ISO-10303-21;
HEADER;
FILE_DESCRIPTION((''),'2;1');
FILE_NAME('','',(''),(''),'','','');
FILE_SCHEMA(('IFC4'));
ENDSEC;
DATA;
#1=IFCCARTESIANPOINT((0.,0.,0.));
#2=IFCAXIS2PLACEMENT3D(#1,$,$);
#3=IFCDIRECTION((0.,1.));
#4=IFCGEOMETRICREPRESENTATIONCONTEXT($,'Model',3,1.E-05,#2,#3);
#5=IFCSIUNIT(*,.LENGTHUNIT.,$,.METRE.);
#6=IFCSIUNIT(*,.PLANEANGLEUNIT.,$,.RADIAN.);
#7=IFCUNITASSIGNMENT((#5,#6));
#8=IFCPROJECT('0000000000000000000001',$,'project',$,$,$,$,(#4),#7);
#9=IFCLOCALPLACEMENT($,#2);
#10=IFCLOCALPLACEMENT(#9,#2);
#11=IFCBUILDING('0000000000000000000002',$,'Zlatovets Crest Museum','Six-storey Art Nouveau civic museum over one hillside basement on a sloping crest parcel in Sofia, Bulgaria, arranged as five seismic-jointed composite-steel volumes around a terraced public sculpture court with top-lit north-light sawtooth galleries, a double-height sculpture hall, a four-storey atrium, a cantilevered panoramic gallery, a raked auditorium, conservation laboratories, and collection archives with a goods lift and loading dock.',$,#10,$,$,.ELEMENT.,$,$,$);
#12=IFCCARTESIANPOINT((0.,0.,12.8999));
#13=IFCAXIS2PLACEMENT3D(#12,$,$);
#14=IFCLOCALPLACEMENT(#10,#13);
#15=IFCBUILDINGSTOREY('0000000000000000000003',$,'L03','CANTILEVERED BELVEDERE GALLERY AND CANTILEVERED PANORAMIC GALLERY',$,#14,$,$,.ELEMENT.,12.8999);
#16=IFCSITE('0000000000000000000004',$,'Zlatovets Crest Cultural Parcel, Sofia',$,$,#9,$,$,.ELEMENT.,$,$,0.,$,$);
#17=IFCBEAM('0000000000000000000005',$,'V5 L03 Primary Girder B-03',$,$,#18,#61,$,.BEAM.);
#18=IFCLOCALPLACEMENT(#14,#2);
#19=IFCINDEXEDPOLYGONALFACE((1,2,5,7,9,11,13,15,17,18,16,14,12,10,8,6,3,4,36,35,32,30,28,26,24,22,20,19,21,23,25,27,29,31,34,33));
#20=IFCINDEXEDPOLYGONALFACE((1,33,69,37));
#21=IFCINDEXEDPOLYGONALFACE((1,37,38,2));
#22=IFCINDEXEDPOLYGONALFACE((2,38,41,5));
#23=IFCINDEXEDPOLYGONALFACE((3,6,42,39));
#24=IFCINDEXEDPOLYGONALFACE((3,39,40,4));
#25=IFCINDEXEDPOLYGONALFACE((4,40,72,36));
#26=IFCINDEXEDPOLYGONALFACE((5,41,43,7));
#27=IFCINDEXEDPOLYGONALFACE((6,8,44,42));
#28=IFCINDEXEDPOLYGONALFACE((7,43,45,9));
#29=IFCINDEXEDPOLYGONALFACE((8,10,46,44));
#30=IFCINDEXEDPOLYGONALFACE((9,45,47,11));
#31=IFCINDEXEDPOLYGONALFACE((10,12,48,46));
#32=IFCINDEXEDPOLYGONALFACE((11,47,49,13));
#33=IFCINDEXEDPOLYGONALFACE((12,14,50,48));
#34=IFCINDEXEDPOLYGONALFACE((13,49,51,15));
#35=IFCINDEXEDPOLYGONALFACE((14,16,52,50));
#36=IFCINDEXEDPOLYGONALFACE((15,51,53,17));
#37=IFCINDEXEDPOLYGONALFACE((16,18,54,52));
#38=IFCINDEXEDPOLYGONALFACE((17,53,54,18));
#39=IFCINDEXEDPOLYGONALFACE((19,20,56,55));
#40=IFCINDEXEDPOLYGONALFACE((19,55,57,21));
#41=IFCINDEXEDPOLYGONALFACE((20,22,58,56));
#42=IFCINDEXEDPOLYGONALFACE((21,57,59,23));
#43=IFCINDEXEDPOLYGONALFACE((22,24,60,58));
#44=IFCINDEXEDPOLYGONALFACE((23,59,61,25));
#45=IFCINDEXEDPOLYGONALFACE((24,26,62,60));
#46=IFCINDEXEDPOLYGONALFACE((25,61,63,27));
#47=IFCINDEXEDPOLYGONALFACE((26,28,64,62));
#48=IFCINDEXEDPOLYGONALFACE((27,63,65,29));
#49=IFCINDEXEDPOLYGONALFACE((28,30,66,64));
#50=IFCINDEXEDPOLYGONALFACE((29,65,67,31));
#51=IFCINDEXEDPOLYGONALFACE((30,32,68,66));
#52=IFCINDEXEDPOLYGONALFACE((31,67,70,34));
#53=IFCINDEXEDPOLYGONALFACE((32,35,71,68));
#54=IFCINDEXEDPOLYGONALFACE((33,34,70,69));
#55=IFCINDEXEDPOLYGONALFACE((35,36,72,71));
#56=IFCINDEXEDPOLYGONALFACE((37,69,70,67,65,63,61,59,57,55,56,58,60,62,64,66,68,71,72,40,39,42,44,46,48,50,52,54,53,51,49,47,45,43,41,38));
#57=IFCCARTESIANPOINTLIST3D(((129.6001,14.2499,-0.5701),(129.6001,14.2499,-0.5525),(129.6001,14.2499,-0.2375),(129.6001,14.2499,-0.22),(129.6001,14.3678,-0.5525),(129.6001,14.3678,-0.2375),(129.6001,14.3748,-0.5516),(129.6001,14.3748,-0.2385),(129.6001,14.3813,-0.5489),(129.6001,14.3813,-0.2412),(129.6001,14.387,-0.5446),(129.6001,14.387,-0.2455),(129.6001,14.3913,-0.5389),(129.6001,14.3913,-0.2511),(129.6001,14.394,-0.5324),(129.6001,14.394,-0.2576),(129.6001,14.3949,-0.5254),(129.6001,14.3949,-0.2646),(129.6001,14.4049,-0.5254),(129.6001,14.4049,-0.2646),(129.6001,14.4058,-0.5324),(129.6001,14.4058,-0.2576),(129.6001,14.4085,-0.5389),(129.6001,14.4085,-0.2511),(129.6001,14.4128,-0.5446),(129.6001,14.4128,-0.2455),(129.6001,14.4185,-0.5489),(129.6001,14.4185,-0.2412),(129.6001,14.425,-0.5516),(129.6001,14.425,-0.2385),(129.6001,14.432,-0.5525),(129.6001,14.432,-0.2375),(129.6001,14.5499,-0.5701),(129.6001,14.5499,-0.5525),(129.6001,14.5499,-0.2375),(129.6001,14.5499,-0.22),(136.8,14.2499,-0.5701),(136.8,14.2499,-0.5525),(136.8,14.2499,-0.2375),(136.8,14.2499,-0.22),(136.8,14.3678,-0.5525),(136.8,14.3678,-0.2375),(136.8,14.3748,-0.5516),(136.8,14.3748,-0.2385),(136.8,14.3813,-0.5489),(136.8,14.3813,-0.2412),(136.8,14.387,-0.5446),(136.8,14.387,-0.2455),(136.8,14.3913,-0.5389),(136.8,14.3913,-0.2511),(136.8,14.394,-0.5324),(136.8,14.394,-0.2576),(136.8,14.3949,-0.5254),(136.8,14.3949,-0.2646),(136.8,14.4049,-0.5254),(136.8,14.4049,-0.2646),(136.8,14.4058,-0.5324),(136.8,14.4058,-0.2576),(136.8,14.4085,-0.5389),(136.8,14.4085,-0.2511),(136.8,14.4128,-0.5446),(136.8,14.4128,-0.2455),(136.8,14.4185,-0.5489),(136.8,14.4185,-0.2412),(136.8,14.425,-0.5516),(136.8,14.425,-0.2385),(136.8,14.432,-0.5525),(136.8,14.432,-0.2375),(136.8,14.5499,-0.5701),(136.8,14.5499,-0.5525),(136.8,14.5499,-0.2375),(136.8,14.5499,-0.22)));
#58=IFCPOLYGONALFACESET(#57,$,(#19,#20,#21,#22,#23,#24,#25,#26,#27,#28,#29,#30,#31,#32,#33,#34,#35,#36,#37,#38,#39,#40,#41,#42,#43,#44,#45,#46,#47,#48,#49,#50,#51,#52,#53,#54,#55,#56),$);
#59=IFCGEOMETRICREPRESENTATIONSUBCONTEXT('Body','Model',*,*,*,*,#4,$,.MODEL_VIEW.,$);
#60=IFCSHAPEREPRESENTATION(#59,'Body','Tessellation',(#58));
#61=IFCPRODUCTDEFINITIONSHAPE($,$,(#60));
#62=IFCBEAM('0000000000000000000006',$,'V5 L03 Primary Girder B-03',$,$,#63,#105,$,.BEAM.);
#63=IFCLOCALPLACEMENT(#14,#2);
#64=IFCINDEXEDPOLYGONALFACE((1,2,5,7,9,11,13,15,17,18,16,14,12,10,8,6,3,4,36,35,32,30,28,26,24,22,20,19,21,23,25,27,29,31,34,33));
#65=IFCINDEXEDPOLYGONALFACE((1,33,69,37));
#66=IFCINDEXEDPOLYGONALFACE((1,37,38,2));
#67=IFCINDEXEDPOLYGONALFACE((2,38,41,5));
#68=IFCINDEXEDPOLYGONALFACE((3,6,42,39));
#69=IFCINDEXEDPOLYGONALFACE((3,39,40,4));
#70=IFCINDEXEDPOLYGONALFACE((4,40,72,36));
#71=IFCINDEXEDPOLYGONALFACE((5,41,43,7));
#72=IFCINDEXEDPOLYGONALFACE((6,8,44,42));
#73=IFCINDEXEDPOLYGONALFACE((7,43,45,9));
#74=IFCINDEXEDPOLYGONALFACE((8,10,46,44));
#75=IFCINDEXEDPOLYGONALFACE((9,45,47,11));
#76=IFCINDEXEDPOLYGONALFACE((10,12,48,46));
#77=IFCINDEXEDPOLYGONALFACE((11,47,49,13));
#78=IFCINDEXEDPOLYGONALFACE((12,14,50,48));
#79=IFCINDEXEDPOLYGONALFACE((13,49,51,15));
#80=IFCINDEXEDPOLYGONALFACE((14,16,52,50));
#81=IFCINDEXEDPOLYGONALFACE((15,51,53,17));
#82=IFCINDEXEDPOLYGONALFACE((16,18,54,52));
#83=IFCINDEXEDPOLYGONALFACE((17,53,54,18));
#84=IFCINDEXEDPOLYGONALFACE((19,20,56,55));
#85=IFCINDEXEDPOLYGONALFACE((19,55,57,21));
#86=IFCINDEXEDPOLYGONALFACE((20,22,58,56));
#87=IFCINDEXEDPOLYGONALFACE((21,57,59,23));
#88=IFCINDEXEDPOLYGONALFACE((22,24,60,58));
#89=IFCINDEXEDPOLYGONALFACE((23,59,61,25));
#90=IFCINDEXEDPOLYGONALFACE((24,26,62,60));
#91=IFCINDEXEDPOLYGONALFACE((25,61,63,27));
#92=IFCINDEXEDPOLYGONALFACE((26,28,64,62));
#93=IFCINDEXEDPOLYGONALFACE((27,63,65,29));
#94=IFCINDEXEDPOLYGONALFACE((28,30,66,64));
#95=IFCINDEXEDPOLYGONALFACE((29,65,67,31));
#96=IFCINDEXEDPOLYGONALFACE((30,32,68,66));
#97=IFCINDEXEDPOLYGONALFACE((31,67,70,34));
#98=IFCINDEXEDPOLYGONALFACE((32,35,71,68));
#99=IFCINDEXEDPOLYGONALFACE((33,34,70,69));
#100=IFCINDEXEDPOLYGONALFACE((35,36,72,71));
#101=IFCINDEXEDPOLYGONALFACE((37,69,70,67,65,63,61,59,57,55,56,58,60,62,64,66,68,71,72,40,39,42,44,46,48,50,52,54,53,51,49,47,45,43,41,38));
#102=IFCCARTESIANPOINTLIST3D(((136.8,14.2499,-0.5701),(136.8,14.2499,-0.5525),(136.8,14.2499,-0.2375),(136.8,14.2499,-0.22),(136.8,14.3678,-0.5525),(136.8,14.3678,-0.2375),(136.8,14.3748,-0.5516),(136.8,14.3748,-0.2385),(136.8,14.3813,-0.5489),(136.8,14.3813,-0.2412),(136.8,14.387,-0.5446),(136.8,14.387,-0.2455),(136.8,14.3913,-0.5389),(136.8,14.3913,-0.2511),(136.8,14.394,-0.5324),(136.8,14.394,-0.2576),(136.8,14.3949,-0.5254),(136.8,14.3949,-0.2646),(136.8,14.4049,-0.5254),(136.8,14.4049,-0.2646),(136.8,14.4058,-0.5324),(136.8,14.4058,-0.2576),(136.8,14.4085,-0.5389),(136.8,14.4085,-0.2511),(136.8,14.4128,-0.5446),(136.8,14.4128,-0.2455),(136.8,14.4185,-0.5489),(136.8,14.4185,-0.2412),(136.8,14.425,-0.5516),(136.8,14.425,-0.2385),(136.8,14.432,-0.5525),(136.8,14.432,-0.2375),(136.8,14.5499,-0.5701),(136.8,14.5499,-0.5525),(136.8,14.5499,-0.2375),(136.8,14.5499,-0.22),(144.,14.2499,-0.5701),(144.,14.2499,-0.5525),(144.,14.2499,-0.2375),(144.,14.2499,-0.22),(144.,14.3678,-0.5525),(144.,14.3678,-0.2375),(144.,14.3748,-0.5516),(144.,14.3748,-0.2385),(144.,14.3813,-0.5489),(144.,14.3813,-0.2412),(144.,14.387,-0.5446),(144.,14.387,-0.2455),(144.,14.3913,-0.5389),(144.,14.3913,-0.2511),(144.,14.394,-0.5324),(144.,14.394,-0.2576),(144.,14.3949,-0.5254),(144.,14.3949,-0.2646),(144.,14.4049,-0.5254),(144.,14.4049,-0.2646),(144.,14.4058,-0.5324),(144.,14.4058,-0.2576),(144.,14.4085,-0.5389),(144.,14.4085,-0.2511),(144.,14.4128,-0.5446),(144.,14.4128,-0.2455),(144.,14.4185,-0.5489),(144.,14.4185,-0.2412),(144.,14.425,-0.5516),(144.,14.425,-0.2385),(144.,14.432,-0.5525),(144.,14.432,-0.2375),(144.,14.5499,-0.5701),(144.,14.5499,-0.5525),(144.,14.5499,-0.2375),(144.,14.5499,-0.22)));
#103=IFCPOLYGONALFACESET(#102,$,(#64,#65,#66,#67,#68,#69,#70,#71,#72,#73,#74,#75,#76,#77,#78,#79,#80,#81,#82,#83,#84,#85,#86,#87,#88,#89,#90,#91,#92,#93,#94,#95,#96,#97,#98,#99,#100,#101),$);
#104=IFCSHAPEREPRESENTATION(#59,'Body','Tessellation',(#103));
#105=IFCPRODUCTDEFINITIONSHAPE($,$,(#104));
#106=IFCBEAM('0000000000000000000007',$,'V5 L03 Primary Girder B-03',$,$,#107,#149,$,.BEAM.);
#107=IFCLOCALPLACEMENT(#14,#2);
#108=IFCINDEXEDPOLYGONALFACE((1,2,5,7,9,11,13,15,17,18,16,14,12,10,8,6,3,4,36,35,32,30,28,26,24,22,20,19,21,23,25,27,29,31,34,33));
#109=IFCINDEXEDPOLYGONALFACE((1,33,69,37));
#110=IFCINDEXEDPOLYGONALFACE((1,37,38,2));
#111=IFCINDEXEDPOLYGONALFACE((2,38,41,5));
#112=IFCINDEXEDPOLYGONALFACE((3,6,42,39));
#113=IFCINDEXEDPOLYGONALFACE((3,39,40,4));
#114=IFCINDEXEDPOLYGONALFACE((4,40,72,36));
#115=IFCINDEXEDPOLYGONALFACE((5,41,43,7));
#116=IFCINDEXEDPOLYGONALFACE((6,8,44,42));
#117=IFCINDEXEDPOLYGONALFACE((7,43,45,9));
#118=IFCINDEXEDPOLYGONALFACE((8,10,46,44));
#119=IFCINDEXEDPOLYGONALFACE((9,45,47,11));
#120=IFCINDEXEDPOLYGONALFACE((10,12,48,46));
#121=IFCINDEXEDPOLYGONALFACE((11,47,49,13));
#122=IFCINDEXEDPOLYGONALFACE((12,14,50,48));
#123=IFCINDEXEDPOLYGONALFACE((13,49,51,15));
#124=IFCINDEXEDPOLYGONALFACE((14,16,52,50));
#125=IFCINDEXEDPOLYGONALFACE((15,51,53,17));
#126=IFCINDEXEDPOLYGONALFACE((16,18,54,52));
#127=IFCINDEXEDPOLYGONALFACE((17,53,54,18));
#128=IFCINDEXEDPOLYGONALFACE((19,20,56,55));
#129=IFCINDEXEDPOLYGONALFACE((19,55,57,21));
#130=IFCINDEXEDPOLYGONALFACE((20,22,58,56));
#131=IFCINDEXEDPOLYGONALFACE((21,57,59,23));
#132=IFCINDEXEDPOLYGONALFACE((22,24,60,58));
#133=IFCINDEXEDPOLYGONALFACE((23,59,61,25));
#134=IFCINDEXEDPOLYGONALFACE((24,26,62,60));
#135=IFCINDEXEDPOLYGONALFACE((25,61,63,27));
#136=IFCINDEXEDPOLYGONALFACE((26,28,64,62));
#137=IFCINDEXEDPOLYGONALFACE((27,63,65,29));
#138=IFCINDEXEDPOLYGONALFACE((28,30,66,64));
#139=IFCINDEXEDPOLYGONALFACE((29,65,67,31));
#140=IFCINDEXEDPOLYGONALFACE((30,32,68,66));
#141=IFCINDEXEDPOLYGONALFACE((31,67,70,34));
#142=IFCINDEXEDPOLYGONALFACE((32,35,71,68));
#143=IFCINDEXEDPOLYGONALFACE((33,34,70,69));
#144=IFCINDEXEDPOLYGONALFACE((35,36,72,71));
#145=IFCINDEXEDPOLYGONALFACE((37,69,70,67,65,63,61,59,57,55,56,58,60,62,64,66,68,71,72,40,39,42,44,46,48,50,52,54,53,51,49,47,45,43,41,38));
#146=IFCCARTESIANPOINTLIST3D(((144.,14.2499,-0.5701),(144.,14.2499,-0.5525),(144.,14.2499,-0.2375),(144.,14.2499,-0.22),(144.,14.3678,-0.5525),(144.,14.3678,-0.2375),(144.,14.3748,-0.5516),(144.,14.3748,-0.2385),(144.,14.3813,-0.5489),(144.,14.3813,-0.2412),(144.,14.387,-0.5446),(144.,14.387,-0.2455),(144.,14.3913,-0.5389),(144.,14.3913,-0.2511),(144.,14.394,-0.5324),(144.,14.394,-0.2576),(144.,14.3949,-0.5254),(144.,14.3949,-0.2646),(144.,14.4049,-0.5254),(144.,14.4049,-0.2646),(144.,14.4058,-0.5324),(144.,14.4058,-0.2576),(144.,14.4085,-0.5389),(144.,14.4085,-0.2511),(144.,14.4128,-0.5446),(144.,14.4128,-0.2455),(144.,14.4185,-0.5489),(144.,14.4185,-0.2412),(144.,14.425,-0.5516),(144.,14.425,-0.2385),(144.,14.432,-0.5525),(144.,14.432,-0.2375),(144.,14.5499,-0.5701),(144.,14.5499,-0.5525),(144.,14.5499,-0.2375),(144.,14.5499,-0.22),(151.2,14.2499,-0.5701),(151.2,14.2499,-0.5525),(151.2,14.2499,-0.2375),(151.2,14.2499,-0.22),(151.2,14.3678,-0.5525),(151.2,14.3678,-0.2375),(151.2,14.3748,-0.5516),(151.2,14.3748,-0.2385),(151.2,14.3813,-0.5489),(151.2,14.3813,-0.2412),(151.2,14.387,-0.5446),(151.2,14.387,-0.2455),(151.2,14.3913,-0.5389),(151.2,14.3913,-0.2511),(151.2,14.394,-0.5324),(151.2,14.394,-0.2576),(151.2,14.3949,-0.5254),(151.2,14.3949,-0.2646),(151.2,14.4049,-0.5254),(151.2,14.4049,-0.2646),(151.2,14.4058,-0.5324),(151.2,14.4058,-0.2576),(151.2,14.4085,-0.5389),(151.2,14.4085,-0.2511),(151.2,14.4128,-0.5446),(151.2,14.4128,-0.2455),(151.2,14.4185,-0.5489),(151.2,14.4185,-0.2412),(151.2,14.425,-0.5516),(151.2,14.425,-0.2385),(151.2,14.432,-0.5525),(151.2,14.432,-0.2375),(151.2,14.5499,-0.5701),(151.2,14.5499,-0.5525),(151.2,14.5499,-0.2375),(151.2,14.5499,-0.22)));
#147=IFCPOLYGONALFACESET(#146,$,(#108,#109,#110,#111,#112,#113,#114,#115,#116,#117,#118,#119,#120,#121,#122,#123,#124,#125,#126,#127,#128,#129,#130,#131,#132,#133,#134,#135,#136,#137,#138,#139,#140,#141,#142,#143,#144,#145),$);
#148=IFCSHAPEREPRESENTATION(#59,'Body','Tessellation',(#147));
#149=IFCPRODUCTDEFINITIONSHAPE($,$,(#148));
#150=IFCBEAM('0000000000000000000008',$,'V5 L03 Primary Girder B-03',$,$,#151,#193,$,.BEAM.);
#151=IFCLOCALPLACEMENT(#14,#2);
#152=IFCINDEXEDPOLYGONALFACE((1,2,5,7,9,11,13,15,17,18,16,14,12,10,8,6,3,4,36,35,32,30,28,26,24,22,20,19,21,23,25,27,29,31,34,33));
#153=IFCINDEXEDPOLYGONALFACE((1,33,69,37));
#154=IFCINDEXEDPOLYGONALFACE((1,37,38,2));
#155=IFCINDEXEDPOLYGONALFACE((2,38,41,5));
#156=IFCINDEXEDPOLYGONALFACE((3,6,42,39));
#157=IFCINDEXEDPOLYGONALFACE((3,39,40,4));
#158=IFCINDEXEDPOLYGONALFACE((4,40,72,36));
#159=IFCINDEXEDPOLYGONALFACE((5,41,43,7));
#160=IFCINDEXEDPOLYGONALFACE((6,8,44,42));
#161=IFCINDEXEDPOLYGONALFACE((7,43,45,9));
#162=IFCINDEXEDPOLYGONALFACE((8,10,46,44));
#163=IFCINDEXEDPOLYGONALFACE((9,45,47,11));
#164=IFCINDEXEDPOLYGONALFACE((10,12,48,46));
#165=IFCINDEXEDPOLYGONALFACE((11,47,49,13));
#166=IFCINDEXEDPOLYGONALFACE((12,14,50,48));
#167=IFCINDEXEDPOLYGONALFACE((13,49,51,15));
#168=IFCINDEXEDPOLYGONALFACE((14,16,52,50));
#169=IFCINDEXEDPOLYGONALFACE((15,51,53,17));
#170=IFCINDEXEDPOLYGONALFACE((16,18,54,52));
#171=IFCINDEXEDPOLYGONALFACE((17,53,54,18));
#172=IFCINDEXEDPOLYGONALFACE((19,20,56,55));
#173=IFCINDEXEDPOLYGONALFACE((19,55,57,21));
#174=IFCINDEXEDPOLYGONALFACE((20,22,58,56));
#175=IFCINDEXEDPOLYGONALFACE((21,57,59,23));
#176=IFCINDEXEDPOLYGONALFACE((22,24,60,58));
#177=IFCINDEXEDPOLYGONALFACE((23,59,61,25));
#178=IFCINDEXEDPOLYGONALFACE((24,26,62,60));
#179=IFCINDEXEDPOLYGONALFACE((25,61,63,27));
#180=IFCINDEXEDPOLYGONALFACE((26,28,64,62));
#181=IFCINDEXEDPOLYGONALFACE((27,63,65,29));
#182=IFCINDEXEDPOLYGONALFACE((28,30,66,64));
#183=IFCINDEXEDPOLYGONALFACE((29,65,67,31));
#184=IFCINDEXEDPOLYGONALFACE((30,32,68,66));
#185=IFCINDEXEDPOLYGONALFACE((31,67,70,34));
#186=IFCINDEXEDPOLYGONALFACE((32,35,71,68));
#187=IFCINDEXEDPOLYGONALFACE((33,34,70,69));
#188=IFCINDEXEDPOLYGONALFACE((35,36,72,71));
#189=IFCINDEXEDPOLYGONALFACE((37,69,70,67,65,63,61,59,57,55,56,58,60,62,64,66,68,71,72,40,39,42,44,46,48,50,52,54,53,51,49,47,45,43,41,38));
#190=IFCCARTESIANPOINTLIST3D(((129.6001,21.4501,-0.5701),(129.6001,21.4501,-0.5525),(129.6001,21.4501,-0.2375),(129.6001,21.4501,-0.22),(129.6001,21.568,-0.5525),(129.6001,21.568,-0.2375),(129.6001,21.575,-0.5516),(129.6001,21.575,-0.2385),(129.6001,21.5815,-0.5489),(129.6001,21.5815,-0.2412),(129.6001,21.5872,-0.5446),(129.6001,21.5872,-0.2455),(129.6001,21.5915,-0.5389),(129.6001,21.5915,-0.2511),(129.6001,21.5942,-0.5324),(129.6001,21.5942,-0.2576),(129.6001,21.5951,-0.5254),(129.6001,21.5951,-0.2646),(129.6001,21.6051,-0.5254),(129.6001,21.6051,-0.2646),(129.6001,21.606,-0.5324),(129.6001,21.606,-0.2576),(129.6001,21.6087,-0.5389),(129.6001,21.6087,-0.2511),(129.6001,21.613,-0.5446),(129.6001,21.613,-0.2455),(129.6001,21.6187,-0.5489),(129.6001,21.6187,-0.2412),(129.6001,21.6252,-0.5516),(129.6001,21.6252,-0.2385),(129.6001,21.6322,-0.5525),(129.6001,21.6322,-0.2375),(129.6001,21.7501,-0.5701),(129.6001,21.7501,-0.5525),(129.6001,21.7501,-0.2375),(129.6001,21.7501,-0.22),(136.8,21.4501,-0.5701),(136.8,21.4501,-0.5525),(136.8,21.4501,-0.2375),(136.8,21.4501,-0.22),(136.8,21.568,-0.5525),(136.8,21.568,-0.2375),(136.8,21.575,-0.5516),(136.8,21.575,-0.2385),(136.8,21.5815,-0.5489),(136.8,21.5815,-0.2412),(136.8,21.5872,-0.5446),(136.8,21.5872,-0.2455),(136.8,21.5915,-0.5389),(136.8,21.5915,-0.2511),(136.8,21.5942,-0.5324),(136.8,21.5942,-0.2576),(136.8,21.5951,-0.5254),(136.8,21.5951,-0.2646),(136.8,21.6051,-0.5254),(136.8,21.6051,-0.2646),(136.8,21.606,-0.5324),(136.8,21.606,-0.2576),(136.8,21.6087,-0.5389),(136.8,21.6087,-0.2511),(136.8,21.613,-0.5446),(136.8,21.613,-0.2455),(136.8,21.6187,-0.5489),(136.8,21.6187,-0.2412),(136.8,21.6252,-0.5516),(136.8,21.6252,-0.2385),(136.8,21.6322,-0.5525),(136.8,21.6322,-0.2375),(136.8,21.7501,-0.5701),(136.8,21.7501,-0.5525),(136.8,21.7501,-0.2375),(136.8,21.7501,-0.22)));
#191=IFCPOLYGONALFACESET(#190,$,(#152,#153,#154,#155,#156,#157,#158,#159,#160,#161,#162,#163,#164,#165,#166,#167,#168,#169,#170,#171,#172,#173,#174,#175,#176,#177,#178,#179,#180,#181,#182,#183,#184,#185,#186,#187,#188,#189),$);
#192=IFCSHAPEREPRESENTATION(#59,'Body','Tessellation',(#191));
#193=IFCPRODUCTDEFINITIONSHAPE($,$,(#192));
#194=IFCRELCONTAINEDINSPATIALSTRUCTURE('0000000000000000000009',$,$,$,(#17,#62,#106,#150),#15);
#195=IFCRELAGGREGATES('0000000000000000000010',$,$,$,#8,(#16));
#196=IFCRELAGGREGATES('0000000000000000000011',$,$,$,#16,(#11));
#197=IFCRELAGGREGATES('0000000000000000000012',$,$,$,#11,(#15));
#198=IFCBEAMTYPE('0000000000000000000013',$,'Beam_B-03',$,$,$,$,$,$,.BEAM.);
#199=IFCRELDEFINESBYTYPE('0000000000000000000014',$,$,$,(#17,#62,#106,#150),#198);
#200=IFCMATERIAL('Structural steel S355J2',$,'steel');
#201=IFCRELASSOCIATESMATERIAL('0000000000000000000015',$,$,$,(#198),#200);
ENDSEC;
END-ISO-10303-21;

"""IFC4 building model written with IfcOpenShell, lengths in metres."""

from ifc_helpers import new_model, si_unit, direction, frame, origin, origin_2d, place, context, subcontext, project, spatial, i_section, extrude, material, material_profile, profile_set, type_object, element, save


model = new_model("IFC4")

# Units and contexts
model_context = context("Model", 3, precision=1e-05, world=origin(), true_north=direction((0.0, 1.0)))
body_context = subcontext(model_context, "Body", "Model", "MODEL_VIEW")
ifc_project = project(units=[si_unit("LENGTHUNIT", "METRE"), si_unit("PLANEANGLEUNIT", "RADIAN")], contexts=[model_context])

# Site, building, storey
site_placement = place(None, origin())
site = spatial("IfcSite", under=ifc_project, at=site_placement, Name="Zlatovets Crest Cultural Parcel, Sofia", CompositionType="ELEMENT", RefElevation=0.0)
building_placement = place(site_placement, origin())
building = spatial("IfcBuilding", under=site, at=building_placement, Name="Zlatovets Crest Museum", Description="Six-storey Art Nouveau civic museum over one hillside basement on a sloping crest parcel in Sofia, Bulgaria, arranged as five seismic-jointed composite-steel volumes around a terraced public sculpture court with top-lit north-light sawtooth galleries, a double-height sculpture hall, a four-storey atrium, a cantilevered panoramic gallery, a raked auditorium, conservation laboratories, and collection archives with a goods lift and loading dock.", CompositionType="ELEMENT")
storey_placement = place(building_placement, frame((0.0, 0.0, 12.8999)))
storey = spatial("IfcBuildingStorey", under=building, at=storey_placement, Name="L03", Description="CANTILEVERED BELVEDERE GALLERY AND CANTILEVERED PANORAMIC GALLERY", CompositionType="ELEMENT", Elevation=12.8999)

# Beams
ifc_material_1 = material(Name="Structural steel S355J2", Category="steel")
ifc_material_profile_1 = material_profile(ifc_material_1, i_section(OverallWidth=0.3, OverallDepth=0.3501, WebThickness=0.01, FlangeThickness=0.0176, FilletRadius=0.0271, at=origin_2d()), Name="HEA 360")
ifc_profile_set_1 = profile_set([ifc_material_profile_1], Name="Structural steel S355J2")
beam_type_1 = type_object("IfcBeamType", Name="Beam_B-03", PredefinedType="BEAM", material=ifc_profile_set_1)
for number, where, z_axis, x_axis, name in (
    (1, (129.6001, 14.3999, -0.395), (1.0, 0.0, 0.0), (0.0, 1.0, 0.0), "V5 L03 Primary Girder B-03"),
    (2, (136.8, 14.3999, -0.395), (1.0, 0.0, 0.0), (0.0, 1.0, 0.0), "V5 L03 Primary Girder B-03"),
    (3, (144.0, 14.3999, -0.395), (1.0, 0.0, 0.0), (0.0, 1.0, 0.0), "V5 L03 Primary Girder B-03"),
    (4, (129.6001, 21.6001, -0.395), (1.0, 0.0, 0.0), (0.0, 1.0, 0.0), "V5 L03 Primary Girder B-03"),
):
    element("IfcBeam", number, at=place(storey_placement, frame(where, z_axis=z_axis, x_axis=x_axis)), inside=storey, type_object=beam_type_1, Name=name, PredefinedType="BEAM", context=body_context, shape_type="SweptSolid", body=[
        extrude(i_section(OverallWidth=0.3, OverallDepth=0.3501, WebThickness=0.01, FlangeThickness=0.0176, FilletRadius=0.0271, at=origin_2d()), origin(), (0.0, 0.0, 1.0), 7.2),
    ])

save(model, "model.ifc")
